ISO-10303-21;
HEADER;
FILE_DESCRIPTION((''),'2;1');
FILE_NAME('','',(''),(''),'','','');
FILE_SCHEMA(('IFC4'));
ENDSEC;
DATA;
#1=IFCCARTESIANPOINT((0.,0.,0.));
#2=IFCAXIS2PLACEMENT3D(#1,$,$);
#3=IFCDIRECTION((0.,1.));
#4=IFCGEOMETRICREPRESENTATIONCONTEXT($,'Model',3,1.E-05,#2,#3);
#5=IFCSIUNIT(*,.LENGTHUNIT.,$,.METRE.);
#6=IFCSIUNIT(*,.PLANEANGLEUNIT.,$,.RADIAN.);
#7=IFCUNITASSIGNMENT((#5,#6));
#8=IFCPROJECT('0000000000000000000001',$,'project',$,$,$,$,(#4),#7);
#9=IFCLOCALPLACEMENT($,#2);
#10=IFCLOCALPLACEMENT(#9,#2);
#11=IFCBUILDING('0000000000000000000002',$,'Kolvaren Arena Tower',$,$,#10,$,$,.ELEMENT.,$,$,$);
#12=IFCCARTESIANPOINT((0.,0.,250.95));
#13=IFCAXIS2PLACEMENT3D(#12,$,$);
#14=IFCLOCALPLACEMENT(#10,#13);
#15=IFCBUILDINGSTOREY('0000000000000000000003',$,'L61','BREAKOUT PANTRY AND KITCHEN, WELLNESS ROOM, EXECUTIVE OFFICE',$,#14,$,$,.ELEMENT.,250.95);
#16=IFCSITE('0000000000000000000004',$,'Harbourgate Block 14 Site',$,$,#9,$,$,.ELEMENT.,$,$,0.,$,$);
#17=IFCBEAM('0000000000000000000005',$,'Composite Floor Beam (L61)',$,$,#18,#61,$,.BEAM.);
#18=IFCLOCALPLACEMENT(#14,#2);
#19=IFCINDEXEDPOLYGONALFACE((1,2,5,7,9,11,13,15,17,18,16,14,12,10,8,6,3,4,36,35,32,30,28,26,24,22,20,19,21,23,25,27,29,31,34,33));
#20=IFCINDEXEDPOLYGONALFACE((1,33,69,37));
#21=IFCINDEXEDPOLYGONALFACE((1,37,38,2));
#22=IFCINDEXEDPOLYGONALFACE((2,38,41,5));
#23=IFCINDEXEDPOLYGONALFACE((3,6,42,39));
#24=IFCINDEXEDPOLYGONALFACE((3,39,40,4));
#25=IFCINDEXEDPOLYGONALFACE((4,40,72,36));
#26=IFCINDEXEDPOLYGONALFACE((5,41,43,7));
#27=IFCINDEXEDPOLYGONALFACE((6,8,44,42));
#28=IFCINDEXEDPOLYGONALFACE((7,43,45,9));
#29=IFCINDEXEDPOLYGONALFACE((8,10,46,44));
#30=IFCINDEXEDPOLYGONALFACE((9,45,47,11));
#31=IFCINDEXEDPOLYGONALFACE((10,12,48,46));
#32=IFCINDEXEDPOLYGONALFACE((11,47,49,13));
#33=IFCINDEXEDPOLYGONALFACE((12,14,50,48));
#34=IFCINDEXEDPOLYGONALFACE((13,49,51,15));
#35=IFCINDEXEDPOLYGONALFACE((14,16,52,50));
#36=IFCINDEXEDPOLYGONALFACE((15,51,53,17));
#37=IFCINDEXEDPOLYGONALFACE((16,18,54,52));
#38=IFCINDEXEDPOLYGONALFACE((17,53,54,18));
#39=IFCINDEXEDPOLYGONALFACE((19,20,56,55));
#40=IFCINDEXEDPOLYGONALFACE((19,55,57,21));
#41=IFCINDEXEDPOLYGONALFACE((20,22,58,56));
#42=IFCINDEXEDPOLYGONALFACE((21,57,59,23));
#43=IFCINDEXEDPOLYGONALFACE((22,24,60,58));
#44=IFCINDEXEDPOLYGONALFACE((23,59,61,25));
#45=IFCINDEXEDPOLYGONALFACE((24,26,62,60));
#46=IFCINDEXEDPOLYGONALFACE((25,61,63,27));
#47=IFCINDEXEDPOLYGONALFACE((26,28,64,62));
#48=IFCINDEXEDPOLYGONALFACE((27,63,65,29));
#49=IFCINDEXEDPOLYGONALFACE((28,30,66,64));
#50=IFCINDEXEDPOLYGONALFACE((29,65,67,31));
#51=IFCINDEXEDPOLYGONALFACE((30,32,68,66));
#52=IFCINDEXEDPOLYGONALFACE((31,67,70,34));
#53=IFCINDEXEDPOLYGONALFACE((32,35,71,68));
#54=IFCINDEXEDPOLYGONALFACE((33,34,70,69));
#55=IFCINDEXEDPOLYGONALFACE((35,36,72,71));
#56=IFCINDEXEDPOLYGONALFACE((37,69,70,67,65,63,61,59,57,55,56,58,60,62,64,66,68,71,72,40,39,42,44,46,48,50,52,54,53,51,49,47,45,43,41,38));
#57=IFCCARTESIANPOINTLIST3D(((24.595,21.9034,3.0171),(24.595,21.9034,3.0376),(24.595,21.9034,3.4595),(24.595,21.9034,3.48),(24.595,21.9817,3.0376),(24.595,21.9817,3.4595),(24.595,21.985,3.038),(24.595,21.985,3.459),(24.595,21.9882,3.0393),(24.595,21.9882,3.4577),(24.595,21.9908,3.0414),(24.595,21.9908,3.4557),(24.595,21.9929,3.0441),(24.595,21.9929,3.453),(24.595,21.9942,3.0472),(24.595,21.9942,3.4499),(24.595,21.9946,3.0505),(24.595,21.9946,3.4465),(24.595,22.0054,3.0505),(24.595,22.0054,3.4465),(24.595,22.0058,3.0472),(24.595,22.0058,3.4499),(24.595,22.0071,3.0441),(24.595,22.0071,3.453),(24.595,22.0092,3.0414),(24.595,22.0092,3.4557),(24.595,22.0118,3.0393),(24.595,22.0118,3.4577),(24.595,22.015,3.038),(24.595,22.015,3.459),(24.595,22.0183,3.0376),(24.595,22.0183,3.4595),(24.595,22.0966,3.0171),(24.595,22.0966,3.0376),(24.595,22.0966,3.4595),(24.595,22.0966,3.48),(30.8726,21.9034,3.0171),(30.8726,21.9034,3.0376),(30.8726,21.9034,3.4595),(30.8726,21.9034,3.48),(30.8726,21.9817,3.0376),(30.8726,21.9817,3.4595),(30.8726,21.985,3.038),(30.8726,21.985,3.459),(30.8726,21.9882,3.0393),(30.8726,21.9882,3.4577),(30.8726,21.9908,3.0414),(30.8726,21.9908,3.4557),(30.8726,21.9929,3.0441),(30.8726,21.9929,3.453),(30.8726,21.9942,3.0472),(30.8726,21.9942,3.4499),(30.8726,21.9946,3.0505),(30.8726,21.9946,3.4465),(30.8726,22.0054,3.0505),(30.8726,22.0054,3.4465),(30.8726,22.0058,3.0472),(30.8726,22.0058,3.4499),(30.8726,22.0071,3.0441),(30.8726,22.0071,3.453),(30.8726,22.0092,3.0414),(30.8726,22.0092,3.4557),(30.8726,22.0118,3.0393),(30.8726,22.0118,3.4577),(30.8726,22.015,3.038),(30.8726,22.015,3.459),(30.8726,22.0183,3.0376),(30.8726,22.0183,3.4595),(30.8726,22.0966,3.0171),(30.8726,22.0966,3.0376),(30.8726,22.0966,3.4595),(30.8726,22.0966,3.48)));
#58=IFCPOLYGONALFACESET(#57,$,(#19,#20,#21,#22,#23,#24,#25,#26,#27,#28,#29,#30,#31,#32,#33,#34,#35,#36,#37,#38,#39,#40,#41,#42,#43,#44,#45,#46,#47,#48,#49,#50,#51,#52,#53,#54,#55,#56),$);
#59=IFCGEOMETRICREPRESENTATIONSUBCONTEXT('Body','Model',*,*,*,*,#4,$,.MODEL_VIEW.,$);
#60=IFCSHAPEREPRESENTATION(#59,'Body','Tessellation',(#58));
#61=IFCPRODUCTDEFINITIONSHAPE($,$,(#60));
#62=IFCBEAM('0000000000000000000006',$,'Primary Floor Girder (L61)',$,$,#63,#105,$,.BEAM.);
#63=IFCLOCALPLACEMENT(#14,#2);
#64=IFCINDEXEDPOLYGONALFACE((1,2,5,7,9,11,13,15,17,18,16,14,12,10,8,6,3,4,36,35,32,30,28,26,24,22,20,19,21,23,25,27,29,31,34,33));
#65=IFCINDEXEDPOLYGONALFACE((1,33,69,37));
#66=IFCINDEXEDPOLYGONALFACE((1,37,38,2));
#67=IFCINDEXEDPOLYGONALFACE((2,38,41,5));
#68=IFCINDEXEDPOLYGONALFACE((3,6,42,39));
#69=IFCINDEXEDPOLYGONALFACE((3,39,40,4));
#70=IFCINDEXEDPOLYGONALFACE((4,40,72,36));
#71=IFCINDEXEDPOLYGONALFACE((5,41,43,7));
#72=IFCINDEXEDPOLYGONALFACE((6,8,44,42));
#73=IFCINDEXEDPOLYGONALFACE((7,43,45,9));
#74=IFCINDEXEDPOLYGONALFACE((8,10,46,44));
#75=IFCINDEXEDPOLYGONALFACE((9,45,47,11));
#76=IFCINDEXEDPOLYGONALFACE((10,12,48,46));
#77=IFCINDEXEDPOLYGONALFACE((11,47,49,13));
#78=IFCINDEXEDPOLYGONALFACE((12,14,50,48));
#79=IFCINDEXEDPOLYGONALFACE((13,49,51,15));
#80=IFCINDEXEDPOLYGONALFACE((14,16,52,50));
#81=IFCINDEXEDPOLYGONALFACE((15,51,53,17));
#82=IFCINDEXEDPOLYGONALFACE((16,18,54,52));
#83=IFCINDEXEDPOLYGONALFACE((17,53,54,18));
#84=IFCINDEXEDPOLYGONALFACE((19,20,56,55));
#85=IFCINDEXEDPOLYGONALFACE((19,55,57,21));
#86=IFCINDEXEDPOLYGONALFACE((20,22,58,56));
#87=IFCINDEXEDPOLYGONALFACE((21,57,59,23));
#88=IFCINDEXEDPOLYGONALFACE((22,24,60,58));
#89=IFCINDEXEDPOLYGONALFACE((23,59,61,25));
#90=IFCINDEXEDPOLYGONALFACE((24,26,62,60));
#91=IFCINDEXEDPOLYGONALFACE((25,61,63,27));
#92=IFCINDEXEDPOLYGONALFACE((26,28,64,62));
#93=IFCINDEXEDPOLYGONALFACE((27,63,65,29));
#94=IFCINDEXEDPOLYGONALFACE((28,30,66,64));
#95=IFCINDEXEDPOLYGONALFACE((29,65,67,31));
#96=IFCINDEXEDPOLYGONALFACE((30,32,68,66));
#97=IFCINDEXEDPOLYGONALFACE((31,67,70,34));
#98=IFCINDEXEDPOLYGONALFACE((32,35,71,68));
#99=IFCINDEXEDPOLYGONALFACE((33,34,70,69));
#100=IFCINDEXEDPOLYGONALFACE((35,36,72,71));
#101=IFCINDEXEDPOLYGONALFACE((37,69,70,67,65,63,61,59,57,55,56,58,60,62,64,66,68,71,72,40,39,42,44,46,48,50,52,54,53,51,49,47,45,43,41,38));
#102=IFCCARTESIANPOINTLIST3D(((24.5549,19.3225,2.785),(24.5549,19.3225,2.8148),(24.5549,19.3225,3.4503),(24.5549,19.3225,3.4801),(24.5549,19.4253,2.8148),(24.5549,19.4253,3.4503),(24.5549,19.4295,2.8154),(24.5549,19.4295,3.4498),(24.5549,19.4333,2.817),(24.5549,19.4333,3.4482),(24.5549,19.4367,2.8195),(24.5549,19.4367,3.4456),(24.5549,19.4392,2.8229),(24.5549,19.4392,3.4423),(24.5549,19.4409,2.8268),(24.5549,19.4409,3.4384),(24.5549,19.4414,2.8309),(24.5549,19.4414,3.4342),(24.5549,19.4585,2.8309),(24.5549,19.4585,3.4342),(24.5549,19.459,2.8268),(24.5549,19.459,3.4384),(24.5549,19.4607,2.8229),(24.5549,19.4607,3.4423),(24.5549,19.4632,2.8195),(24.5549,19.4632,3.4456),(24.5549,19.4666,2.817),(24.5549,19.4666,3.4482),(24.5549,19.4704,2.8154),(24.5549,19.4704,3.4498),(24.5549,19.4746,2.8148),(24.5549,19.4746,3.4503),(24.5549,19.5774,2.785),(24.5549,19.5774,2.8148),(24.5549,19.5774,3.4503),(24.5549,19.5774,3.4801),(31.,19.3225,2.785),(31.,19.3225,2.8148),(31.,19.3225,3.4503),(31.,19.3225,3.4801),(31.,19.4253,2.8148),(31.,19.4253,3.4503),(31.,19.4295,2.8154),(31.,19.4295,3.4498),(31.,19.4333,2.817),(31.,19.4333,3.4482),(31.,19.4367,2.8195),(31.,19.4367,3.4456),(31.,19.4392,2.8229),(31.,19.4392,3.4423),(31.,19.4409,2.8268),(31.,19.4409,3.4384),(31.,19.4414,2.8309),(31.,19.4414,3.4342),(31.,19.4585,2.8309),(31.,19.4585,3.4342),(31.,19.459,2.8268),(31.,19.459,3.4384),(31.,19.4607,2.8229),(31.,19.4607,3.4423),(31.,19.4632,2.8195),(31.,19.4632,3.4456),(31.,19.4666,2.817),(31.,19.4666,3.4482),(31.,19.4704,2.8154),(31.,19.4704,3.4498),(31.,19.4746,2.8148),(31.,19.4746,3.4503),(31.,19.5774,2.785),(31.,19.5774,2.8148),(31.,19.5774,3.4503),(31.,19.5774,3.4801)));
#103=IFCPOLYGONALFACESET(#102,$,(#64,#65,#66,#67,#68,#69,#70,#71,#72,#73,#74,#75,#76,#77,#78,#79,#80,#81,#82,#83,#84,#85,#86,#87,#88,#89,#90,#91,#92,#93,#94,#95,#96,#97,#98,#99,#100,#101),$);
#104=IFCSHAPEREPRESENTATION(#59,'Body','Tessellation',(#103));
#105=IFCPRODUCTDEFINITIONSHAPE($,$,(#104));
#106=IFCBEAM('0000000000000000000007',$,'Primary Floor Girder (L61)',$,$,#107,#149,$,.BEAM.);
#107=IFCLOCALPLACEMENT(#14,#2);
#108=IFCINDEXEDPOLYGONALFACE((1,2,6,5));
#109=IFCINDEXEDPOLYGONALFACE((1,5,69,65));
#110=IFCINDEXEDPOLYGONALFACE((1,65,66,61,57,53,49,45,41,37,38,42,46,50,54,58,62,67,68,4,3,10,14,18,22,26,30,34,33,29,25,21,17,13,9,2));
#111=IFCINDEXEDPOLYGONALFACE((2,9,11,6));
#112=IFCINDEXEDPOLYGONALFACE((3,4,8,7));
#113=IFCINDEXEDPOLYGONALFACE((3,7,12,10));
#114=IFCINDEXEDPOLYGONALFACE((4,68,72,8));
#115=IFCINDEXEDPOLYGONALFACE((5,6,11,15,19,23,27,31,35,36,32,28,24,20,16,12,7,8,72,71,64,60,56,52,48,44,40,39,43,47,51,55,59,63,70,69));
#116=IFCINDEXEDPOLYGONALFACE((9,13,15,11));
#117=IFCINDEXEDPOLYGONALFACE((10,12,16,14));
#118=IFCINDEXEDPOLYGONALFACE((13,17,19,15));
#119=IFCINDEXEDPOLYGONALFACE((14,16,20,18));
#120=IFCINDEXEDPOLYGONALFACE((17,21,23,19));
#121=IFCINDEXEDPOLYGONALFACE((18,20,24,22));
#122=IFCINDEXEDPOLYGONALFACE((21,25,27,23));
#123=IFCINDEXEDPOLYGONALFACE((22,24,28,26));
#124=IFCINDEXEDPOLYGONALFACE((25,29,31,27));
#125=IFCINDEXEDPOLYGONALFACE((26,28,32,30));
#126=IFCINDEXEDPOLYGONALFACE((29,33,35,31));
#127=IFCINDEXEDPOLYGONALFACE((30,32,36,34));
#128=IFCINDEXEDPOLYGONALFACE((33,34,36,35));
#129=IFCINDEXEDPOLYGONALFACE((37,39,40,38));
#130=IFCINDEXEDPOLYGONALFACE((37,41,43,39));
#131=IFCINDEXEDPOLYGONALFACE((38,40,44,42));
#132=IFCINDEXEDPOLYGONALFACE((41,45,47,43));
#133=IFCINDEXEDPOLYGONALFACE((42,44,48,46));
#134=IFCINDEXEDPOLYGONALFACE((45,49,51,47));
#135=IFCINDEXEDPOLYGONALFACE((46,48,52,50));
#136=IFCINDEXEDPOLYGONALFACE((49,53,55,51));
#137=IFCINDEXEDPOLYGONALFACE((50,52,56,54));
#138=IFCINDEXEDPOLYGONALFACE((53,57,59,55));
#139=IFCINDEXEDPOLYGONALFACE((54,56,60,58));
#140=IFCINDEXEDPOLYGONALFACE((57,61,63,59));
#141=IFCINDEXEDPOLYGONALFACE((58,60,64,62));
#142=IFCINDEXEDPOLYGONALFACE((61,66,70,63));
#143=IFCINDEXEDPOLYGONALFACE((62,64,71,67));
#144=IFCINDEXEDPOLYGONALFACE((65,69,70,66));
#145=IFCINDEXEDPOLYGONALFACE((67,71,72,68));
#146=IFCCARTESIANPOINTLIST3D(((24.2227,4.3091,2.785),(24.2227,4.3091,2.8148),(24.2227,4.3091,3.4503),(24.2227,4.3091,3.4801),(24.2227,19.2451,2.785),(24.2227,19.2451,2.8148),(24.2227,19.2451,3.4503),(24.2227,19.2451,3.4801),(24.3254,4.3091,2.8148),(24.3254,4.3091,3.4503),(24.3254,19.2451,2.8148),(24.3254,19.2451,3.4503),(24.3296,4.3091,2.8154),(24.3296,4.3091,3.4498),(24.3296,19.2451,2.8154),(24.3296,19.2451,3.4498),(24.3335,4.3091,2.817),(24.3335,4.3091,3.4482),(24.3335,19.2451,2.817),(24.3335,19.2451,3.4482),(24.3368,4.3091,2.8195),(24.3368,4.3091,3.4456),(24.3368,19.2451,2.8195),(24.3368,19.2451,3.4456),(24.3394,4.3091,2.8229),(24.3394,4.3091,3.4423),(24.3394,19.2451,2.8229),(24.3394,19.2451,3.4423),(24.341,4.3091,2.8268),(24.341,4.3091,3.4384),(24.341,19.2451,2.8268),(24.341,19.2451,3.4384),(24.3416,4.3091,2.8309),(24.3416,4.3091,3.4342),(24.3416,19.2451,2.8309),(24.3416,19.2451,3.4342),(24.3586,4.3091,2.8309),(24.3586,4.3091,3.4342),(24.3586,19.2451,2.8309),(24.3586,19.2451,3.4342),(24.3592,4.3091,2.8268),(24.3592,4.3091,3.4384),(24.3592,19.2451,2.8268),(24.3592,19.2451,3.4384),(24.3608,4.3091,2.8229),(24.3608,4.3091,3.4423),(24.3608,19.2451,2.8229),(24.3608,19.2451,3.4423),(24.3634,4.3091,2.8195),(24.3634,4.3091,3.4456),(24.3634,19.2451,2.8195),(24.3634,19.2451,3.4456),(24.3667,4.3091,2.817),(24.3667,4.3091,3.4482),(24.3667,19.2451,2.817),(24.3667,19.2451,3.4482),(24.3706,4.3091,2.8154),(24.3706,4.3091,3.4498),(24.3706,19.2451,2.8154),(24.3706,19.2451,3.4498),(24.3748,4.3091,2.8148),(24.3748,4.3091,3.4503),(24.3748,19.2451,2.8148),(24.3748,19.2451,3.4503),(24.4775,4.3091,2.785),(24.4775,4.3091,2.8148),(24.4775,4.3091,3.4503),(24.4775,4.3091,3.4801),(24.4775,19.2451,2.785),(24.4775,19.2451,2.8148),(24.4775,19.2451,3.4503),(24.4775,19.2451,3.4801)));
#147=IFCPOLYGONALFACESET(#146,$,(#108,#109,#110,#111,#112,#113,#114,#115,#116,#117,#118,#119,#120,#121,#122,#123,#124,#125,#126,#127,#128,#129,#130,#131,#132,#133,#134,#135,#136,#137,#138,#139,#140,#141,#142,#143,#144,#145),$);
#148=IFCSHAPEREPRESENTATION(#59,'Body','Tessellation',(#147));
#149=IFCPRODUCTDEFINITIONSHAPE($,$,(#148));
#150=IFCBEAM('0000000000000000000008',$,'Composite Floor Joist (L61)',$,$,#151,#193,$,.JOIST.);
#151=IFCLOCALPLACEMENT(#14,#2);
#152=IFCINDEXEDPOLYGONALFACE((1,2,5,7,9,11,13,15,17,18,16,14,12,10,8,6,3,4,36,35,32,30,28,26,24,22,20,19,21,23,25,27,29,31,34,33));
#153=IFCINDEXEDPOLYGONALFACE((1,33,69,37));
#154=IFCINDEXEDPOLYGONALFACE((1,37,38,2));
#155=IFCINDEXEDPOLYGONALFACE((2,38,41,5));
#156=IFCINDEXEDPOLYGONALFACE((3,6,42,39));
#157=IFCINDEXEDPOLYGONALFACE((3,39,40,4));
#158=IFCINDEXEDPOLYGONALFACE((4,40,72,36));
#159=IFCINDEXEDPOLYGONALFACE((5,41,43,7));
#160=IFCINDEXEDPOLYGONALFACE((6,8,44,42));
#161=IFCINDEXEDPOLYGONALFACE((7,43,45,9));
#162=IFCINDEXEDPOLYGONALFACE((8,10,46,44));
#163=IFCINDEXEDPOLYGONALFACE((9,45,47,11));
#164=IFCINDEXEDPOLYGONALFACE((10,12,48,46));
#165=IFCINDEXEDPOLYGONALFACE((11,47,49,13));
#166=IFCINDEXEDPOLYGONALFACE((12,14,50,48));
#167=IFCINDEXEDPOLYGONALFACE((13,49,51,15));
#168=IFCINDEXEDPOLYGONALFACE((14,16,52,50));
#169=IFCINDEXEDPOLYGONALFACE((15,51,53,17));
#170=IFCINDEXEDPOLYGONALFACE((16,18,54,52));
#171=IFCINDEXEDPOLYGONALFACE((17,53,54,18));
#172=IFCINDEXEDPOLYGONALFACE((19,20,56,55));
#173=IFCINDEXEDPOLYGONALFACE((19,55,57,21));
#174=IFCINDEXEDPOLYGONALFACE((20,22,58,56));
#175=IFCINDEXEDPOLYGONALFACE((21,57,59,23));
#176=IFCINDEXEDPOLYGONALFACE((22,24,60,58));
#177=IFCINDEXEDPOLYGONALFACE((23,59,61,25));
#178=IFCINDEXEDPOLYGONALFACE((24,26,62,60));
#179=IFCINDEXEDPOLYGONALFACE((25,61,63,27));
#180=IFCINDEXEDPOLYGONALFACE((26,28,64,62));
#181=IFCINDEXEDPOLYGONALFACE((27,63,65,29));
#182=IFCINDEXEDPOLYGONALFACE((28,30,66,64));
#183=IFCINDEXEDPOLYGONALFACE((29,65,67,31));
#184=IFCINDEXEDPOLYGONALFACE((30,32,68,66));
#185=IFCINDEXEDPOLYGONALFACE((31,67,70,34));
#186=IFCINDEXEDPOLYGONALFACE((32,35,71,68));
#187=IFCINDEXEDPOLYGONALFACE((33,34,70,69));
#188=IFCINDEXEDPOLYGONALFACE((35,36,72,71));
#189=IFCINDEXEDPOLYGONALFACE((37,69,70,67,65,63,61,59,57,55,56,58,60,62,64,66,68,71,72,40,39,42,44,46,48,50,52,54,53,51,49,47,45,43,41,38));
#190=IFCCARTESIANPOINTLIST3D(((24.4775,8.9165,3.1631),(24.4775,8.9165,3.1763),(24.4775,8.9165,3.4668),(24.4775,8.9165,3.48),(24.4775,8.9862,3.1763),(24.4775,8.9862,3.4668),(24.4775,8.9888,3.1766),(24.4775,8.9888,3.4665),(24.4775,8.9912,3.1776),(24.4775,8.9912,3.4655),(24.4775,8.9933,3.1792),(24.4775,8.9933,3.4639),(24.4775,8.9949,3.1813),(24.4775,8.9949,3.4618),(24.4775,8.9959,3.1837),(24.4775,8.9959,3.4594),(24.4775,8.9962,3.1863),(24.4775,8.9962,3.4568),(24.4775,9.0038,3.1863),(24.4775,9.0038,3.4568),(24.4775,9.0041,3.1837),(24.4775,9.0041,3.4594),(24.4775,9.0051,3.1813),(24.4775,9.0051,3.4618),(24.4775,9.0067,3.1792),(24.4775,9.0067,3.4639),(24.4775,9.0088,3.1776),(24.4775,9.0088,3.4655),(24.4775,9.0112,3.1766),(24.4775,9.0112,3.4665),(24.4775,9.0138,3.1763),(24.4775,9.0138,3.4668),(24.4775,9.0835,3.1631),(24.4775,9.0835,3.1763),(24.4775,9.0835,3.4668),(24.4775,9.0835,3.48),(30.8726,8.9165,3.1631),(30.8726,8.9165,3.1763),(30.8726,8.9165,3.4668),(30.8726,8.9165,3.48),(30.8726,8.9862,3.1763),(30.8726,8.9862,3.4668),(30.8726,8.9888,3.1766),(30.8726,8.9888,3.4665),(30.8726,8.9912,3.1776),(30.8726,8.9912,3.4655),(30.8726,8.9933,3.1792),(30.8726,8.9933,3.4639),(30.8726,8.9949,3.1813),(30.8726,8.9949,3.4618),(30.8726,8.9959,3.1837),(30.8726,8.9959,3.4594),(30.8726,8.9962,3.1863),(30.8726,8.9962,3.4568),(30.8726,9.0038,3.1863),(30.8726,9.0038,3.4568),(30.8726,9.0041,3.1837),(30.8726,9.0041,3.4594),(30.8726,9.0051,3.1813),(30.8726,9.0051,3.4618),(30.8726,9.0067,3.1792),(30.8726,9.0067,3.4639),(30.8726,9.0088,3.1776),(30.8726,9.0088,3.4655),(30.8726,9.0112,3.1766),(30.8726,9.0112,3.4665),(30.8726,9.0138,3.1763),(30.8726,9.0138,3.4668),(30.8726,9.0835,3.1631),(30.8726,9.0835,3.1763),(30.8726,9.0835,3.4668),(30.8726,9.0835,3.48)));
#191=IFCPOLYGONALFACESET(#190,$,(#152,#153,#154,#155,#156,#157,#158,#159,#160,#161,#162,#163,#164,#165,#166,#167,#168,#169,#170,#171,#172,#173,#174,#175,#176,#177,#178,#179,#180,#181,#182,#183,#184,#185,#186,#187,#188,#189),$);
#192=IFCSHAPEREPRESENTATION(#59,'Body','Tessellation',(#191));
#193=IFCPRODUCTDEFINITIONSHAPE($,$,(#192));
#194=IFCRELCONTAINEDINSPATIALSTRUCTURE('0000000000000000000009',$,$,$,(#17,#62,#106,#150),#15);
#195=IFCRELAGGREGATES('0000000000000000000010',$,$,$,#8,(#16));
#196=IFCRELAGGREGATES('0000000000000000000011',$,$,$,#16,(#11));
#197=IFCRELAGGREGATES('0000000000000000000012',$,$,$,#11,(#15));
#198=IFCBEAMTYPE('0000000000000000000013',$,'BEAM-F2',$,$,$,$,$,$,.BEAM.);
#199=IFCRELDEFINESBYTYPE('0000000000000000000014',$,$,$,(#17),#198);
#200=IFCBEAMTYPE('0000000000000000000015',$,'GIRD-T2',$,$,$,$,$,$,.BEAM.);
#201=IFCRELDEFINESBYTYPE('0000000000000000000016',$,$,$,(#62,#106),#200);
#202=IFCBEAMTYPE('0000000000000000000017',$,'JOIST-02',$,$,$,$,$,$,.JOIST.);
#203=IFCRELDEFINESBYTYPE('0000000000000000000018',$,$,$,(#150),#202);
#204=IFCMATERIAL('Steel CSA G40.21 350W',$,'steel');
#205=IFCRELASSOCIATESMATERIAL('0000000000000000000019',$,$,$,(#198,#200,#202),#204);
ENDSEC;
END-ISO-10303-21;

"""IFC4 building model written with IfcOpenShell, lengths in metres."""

from ifc_helpers import new_model, si_unit, direction, frame, origin, origin_2d, place, context, subcontext, project, spatial, i_section, extrude, material, material_profile, profile_set, type_object, element, save


model = new_model("IFC4")

# Units and contexts
model_context = context("Model", 3, precision=1e-05, world=origin(), true_north=direction((0.0, 1.0)))
body_context = subcontext(model_context, "Body", "Model", "MODEL_VIEW")
ifc_project = project(units=[si_unit("LENGTHUNIT", "METRE"), si_unit("PLANEANGLEUNIT", "RADIAN")], contexts=[model_context])

# Site, building, storey
site_placement = place(None, origin())
site = spatial("IfcSite", under=ifc_project, at=site_placement, Name="Harbourgate Block 14 Site", CompositionType="ELEMENT", RefElevation=0.0)
building_placement = place(site_placement, origin())
building = spatial("IfcBuilding", under=site, at=building_placement, Name="Kolvaren Arena Tower", CompositionType="ELEMENT")
storey_placement = place(building_placement, frame((0.0, 0.0, 250.95)))
storey = spatial("IfcBuildingStorey", under=building, at=storey_placement, Name="L61", Description="BREAKOUT PANTRY AND KITCHEN, WELLNESS ROOM, EXECUTIVE OFFICE", CompositionType="ELEMENT", Elevation=250.95)

# Beams
ifc_material_1 = material(Name="Steel CSA G40.21 350W", Category="steel")
ifc_material_profile_1 = material_profile(ifc_material_1, i_section(OverallWidth=0.1931, OverallDepth=0.4629, WebThickness=0.0107, FlangeThickness=0.0205, FilletRadius=0.0129, at=origin_2d()), Name="W460x113")
ifc_profile_set_1 = profile_set([ifc_material_profile_1], Name="Steel CSA G40.21 350W")
beam_type_1 = type_object("IfcBeamType", Name="BEAM-F2", PredefinedType="BEAM", material=ifc_profile_set_1)
beam_1_placement = place(storey_placement, frame((24.595, 22.0, 3.2485), z_axis=(1.0, 0.0, 0.0), x_axis=(0.0, 1.0, 0.0)))
element("IfcBeam", 1, at=beam_1_placement, inside=storey, type_object=beam_type_1, Name="Composite Floor Beam (L61)", PredefinedType="BEAM", context=body_context, shape_type="SweptSolid", body=[
    extrude(i_section(OverallWidth=0.1931, OverallDepth=0.4629, WebThickness=0.0107, FlangeThickness=0.0205, FilletRadius=0.0129, at=origin_2d()), origin(), (0.0, 0.0, 1.0), 6.2776),
])
ifc_material_profile_2 = material_profile(ifc_material_1, i_section(OverallWidth=0.2549, OverallDepth=0.6951, WebThickness=0.0171, FlangeThickness=0.0298, FilletRadius=0.0161, at=origin_2d()), Name="W690x217")
ifc_profile_set_2 = profile_set([ifc_material_profile_2], Name="Steel CSA G40.21 350W")
beam_type_2 = type_object("IfcBeamType", Name="GIRD-T2", PredefinedType="BEAM", material=ifc_profile_set_2)
beam_2_placement = place(storey_placement, frame((24.5549, 19.45, 3.1326), z_axis=(1.0, 0.0, 0.0), x_axis=(0.0, 1.0, 0.0)))
element("IfcBeam", 2, at=beam_2_placement, inside=storey, type_object=beam_type_2, Name="Primary Floor Girder (L61)", PredefinedType="BEAM", context=body_context, shape_type="SweptSolid", body=[
    extrude(i_section(OverallWidth=0.2549, OverallDepth=0.6951, WebThickness=0.0171, FlangeThickness=0.0298, FilletRadius=0.0161, at=origin_2d()), origin(), (0.0, 0.0, 1.0), 6.4451),
])
beam_3_placement = place(storey_placement, frame((24.3501, 4.3091, 3.1326), z_axis=(0.0, 1.0, 0.0), x_axis=(-1.0, 0.0, 0.0)))
element("IfcBeam", 3, at=beam_3_placement, inside=storey, type_object=beam_type_2, Name="Primary Floor Girder (L61)", PredefinedType="BEAM", context=body_context, shape_type="SweptSolid", body=[
    extrude(i_section(OverallWidth=0.2549, OverallDepth=0.6951, WebThickness=0.0171, FlangeThickness=0.0298, FilletRadius=0.0161, at=origin_2d()), origin(), (0.0, 0.0, 1.0), 14.936),
])
ifc_material_profile_3 = material_profile(ifc_material_1, i_section(OverallWidth=0.167, OverallDepth=0.3169, WebThickness=0.0076, FlangeThickness=0.0132, FilletRadius=0.01, at=origin_2d()), Name="W310x52")
ifc_profile_set_3 = profile_set([ifc_material_profile_3], Name="Steel CSA G40.21 350W")
beam_type_3 = type_object("IfcBeamType", Name="JOIST-02", PredefinedType="JOIST", material=ifc_profile_set_3)
for number, where, z_axis, x_axis, name in (
    (4, (24.4775, 9.0, 3.3215), (1.0, 0.0, 0.0), (0.0, 1.0, 0.0), "Composite Floor Joist (L61)"),
):
    element("IfcBeam", number, at=place(storey_placement, frame(where, z_axis=z_axis, x_axis=x_axis)), inside=storey, type_object=beam_type_3, Name=name, PredefinedType="JOIST", context=body_context, shape_type="SweptSolid", body=[
        extrude(i_section(OverallWidth=0.167, OverallDepth=0.3169, WebThickness=0.0076, FlangeThickness=0.0132, FilletRadius=0.01, at=origin_2d()), origin(), (0.0, 0.0, 1.0), 6.395),
    ])

save(model, "model.ifc")
